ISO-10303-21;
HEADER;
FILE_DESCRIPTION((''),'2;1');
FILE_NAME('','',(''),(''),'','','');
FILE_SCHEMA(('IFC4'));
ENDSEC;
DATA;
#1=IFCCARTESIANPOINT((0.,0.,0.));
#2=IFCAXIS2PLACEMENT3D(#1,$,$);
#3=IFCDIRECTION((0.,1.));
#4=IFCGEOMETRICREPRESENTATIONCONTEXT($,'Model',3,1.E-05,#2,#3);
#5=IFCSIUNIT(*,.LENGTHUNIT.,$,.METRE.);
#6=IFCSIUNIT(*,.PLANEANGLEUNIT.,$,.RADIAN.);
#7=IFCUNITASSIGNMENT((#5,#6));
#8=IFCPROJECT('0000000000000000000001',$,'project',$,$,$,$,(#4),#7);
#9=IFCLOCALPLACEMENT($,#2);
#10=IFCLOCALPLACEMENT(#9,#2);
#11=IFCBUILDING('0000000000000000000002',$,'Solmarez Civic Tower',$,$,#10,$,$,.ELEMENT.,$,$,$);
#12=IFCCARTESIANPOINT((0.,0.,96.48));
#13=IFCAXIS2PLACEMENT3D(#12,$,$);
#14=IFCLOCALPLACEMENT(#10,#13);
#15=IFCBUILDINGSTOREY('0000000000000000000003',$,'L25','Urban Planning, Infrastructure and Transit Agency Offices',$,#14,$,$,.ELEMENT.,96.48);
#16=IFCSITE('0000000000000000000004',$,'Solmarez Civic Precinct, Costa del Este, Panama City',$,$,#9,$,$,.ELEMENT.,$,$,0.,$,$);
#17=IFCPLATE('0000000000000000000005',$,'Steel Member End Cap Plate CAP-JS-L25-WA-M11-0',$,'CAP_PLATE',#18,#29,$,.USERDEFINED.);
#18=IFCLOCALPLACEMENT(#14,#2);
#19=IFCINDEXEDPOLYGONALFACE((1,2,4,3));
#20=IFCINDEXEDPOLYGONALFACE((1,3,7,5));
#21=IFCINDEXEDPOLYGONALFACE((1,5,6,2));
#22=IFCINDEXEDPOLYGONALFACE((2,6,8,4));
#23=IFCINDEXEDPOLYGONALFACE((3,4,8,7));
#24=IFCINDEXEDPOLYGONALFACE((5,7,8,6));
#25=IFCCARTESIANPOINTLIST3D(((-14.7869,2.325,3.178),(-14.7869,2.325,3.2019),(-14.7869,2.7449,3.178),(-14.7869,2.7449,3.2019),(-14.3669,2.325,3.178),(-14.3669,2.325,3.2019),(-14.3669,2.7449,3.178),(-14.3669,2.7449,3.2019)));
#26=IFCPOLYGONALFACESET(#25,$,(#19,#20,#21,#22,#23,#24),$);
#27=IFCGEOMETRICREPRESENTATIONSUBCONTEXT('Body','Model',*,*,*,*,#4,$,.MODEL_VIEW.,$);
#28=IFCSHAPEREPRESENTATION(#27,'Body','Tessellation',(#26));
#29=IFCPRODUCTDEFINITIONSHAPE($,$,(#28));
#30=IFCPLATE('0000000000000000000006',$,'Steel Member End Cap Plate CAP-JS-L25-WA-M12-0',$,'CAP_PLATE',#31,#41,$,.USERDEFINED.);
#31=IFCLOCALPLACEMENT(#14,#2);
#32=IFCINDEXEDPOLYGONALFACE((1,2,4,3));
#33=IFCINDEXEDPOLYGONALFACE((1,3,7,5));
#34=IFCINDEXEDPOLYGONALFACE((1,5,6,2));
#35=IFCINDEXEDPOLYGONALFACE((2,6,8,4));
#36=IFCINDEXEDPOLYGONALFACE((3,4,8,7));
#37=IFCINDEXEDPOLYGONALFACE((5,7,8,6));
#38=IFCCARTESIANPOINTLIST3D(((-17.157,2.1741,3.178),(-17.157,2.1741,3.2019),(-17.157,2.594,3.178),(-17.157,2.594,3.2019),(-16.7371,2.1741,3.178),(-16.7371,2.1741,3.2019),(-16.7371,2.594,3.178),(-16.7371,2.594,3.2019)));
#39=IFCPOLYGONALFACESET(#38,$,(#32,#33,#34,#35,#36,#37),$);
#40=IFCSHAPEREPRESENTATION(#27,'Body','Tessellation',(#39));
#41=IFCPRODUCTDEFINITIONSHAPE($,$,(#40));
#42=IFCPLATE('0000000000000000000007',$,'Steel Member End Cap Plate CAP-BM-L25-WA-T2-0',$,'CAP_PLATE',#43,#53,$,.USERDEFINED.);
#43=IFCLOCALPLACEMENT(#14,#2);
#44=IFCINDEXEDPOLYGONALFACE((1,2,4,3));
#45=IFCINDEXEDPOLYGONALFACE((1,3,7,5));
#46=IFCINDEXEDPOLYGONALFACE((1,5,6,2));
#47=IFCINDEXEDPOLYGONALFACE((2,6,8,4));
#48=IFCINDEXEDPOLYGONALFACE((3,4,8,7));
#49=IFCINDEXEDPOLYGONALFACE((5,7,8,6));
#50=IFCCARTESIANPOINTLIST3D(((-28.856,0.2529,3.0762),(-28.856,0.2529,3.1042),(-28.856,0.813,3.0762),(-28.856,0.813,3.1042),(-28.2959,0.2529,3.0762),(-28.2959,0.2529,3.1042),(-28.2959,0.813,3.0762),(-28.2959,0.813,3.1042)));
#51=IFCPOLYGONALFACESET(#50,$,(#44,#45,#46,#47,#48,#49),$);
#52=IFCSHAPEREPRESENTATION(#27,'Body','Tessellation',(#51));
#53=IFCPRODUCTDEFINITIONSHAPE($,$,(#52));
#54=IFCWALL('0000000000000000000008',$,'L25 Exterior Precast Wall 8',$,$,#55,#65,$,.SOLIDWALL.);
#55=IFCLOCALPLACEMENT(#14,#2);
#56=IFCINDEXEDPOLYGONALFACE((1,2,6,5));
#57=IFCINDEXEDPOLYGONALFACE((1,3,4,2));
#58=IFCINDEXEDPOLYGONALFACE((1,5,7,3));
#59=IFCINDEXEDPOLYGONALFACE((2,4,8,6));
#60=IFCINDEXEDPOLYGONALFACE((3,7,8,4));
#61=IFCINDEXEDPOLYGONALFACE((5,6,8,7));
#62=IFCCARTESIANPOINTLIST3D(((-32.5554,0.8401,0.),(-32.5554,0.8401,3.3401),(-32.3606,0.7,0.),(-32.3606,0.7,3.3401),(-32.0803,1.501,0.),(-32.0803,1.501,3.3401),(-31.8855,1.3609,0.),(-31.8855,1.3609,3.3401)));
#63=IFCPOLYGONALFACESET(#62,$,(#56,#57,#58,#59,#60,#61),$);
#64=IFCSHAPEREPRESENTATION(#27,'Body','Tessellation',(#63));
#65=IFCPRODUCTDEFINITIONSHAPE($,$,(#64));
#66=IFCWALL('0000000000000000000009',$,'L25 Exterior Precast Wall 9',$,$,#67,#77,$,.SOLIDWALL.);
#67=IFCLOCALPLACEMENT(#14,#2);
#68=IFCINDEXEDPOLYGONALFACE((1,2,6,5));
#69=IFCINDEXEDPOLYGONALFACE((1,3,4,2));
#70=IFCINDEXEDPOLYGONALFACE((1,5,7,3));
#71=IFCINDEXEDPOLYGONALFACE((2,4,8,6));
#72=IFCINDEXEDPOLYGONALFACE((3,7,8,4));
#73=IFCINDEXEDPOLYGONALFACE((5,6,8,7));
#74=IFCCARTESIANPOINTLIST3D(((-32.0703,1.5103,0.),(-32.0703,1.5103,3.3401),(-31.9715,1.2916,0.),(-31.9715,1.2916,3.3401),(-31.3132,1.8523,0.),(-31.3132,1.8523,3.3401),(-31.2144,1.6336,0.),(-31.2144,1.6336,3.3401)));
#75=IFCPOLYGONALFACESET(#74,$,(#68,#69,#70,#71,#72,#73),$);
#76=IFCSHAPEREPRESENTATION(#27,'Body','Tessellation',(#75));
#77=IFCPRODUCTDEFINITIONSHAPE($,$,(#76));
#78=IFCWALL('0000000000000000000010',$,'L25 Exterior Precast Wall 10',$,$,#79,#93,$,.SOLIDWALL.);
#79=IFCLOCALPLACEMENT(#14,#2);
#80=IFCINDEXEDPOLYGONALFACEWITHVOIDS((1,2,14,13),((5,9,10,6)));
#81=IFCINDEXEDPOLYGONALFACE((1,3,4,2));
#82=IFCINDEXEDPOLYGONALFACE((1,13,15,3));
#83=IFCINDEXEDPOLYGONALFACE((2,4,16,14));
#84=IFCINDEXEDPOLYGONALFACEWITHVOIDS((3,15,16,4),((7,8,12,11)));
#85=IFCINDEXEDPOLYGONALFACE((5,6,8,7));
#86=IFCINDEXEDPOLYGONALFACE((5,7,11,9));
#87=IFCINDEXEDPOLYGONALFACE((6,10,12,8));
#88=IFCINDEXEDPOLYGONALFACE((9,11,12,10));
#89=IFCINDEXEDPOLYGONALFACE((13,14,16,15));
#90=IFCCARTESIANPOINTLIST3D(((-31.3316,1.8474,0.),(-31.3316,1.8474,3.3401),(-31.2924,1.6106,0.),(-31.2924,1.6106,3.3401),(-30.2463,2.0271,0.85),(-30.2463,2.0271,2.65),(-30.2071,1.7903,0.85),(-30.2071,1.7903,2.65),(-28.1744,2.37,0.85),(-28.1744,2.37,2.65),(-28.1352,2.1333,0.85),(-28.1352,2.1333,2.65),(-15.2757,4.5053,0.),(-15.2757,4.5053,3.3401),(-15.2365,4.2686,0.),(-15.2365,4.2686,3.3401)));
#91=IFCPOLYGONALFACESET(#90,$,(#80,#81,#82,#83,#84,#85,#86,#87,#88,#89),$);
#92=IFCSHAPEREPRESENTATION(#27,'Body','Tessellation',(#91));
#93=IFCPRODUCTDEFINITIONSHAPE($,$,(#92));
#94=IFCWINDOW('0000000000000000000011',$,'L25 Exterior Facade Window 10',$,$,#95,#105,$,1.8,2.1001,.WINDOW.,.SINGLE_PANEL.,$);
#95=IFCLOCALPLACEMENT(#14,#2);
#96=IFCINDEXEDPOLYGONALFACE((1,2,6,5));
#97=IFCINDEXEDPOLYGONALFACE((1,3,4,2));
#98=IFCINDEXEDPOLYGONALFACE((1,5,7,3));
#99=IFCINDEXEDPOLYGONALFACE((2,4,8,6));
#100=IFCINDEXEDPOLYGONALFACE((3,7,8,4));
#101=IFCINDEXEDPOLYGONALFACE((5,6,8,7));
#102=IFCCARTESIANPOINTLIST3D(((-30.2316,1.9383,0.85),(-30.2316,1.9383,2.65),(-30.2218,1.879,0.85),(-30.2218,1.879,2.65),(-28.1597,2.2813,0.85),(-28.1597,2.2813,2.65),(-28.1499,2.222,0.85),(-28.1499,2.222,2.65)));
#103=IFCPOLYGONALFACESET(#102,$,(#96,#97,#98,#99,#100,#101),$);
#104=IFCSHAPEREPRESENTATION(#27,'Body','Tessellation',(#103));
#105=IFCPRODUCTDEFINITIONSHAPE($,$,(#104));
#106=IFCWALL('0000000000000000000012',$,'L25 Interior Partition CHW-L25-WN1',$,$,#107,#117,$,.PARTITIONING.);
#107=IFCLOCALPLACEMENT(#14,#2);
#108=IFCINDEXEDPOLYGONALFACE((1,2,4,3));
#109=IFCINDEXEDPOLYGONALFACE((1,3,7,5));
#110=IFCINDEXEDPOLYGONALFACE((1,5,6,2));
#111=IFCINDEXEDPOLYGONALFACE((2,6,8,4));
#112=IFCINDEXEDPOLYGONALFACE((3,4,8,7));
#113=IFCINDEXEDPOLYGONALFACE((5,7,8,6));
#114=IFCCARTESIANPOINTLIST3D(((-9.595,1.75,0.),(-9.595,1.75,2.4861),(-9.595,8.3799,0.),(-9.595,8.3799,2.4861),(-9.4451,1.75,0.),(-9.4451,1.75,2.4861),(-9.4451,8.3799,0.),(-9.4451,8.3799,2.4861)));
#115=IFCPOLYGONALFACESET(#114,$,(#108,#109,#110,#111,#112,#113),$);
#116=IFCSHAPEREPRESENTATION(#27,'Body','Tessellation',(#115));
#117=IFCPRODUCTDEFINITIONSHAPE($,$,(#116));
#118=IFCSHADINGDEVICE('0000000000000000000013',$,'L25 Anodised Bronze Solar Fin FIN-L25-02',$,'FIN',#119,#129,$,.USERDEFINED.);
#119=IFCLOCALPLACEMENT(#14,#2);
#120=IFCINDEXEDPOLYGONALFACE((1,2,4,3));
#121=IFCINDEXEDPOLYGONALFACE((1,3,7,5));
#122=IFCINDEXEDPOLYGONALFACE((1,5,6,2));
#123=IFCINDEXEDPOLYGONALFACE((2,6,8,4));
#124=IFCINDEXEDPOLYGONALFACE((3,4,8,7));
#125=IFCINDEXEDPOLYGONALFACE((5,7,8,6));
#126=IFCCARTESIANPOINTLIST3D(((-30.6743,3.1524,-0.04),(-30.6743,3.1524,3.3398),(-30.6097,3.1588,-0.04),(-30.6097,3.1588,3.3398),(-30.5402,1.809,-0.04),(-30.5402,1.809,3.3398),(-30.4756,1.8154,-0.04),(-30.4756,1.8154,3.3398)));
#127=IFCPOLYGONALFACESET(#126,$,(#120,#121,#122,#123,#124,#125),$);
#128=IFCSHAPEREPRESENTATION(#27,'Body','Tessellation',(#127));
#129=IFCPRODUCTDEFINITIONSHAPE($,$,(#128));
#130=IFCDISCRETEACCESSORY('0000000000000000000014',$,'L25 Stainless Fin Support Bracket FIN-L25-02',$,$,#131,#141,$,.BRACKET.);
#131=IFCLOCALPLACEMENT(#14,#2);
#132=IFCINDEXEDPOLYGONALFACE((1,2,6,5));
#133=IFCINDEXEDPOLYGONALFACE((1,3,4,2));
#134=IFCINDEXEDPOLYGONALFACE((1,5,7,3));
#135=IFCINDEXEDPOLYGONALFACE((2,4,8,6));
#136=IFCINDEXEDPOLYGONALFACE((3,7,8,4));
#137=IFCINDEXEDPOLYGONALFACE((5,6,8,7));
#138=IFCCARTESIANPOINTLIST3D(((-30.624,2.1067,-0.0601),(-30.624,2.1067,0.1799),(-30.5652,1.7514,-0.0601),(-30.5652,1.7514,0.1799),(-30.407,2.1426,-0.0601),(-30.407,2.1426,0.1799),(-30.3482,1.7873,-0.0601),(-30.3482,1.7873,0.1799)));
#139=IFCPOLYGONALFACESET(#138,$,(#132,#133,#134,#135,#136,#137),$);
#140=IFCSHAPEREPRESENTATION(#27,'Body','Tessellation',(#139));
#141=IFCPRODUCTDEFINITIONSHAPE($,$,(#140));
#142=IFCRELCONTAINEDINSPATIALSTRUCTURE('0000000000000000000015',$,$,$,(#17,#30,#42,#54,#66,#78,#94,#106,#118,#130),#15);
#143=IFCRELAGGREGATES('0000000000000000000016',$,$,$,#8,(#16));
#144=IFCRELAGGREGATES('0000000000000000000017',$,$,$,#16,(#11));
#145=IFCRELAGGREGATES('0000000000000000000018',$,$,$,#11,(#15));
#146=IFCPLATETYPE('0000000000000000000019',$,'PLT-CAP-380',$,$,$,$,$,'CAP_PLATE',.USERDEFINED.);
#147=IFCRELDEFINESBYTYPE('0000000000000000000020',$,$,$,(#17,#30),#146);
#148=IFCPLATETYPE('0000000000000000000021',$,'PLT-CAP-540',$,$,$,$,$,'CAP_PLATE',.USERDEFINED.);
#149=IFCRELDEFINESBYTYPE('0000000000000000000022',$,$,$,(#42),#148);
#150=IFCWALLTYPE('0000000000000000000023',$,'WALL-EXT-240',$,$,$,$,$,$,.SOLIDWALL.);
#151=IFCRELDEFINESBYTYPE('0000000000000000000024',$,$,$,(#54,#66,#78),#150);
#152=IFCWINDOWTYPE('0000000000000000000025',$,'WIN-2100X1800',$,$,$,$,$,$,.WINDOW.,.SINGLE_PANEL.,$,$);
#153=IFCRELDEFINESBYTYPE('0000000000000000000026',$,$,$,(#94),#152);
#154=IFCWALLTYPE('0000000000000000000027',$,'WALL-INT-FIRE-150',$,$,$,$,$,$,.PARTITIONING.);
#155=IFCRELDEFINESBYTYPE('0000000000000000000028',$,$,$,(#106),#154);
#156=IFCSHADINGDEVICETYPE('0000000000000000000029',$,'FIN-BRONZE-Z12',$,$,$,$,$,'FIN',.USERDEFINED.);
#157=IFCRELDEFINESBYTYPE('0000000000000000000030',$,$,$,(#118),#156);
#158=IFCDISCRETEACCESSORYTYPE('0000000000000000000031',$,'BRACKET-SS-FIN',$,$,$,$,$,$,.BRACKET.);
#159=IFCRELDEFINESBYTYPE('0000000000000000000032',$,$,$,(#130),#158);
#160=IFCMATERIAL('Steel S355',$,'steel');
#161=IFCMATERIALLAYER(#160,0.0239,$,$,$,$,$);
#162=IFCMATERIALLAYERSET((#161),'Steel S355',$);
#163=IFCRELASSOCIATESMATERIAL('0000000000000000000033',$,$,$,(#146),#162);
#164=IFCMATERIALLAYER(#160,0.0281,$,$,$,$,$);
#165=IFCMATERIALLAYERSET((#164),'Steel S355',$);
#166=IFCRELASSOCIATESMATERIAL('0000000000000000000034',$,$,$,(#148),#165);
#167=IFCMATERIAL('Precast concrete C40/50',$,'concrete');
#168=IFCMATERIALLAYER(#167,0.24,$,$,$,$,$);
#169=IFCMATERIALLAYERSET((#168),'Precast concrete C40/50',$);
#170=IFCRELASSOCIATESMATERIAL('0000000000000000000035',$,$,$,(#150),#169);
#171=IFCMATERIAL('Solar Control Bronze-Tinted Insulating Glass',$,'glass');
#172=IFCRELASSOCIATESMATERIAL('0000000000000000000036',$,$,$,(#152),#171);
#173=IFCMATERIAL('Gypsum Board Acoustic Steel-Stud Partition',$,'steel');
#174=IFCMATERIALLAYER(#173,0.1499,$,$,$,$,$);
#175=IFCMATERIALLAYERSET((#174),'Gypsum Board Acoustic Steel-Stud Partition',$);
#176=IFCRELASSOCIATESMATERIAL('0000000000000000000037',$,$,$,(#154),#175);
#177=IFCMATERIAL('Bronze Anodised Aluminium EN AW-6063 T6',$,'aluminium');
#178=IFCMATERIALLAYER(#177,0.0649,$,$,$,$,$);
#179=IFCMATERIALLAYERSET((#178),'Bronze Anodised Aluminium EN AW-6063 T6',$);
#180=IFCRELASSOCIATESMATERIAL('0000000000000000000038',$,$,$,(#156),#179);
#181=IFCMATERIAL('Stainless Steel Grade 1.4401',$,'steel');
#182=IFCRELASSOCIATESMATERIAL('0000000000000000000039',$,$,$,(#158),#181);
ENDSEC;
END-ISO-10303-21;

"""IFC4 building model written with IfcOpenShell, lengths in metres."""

from ifc_helpers import new_model, si_unit, direction, frame, frame_2d, origin, origin_2d, place, context, subcontext, project, spatial, rectangle, extrude, material, layer, layer_set, type_object, element, fill, save


model = new_model("IFC4")

# Units and contexts
model_context = context("Model", 3, precision=1e-05, world=origin(), true_north=direction((0.0, 1.0)))
body_context = subcontext(model_context, "Body", "Model", "MODEL_VIEW")
ifc_project = project(units=[si_unit("LENGTHUNIT", "METRE"), si_unit("PLANEANGLEUNIT", "RADIAN")], contexts=[model_context])

# Site, building, storey
site_placement = place(None, origin())
site = spatial("IfcSite", under=ifc_project, at=site_placement, Name="Solmarez Civic Precinct, Costa del Este, Panama City", CompositionType="ELEMENT", RefElevation=0.0)
building_placement = place(site_placement, origin())
building = spatial("IfcBuilding", under=site, at=building_placement, Name="Solmarez Civic Tower", CompositionType="ELEMENT")
storey_placement = place(building_placement, frame((0.0, 0.0, 96.48)))
storey = spatial("IfcBuildingStorey", under=building, at=storey_placement, Name="L25", Description="Urban Planning, Infrastructure and Transit Agency Offices", CompositionType="ELEMENT", Elevation=96.48)

# Shared definitions
ifc_material_1 = material(Name="Steel S355", Category="steel")

# Plates
ifc_layer_1 = layer(ifc_material_1, 0.0239)
ifc_layer_set_1 = layer_set([ifc_layer_1], Name="Steel S355")
plate_type_1 = type_object("IfcPlateType", Name="PLT-CAP-380", ElementType="CAP_PLATE", PredefinedType="USERDEFINED", material=ifc_layer_set_1)
for number, where, z_axis, x_axis, name in (
    (1, (-14.5769, 2.5349, 3.178), (0.0, 0.0, 1.0), (1.0, 0.0, 0.0), "Steel Member End Cap Plate CAP-JS-L25-WA-M11-0"),
    (2, (-16.947, 2.384, 3.178), (0.0, 0.0, 1.0), (1.0, 0.0, 0.0), "Steel Member End Cap Plate CAP-JS-L25-WA-M12-0"),
):
    element("IfcPlate", number, at=place(storey_placement, frame(where, z_axis=z_axis, x_axis=x_axis)), inside=storey, type_object=plate_type_1, Name=name, ObjectType="CAP_PLATE", PredefinedType="USERDEFINED", context=body_context, shape_type="SweptSolid", body=[
        extrude(rectangle(XDim=0.4199, YDim=0.4199, at=origin_2d()), origin(), (0.0, 0.0, 1.0), 0.0239),
    ])
ifc_layer_2 = layer(ifc_material_1, 0.0281)
ifc_layer_set_2 = layer_set([ifc_layer_2], Name="Steel S355")
plate_type_2 = type_object("IfcPlateType", Name="PLT-CAP-540", ElementType="CAP_PLATE", PredefinedType="USERDEFINED", material=ifc_layer_set_2)
plate_placement = place(storey_placement, frame((-28.5759, 0.533, 3.0762), z_axis=(0.0, 0.0, 1.0), x_axis=(1.0, 0.0, 0.0)))
element("IfcPlate", 3, at=plate_placement, inside=storey, type_object=plate_type_2, Name="Steel Member End Cap Plate CAP-BM-L25-WA-T2-0", ObjectType="CAP_PLATE", PredefinedType="USERDEFINED", context=body_context, shape_type="SweptSolid", body=[
    extrude(rectangle(XDim=0.5601, YDim=0.5601, at=origin_2d()), origin(), (0.0, 0.0, 1.0), 0.0281),
])

# Walls
ifc_material_2 = material(Name="Precast concrete C40/50", Category="concrete")
ifc_layer_3 = layer(ifc_material_2, 0.24)
ifc_layer_set_3 = layer_set([ifc_layer_3], Name="Precast concrete C40/50")
wall_type_1 = type_object("IfcWallType", Name="WALL-EXT-240", PredefinedType="SOLIDWALL", material=ifc_layer_set_3)
wall_1_placement = place(storey_placement, frame((-32.458, 0.77, 0.0), z_axis=(0.0, 0.0, 1.0), x_axis=(0.583704, 0.811967, 0.0)))
element("IfcWall", 4, at=wall_1_placement, inside=storey, type_object=wall_type_1, Name="L25 Exterior Precast Wall 8", PredefinedType="SOLIDWALL", context=body_context, shape_type="SweptSolid", body=[
    extrude(rectangle(XDim=0.814, YDim=0.24, at=frame_2d((0.407, 0.0))), origin(), (0.0, 0.0, 1.0), 3.3401),
])
wall_2_placement = place(storey_placement, frame((-32.021, 1.4009, 0.0), z_axis=(0.0, 0.0, 1.0), x_axis=(0.91131, 0.411721, 0.0)))
element("IfcWall", 5, at=wall_2_placement, inside=storey, type_object=wall_type_1, Name="L25 Exterior Precast Wall 9", PredefinedType="SOLIDWALL", context=body_context, shape_type="SweptSolid", body=[
    extrude(rectangle(XDim=0.8308, YDim=0.24, at=frame_2d((0.4155, 0.0))), origin(), (0.0, 0.0, 1.0), 3.3401),
])

# Wall, opening, window
wall_3_placement = place(storey_placement, frame((-31.312, 1.729, 0.0), z_axis=(0.0, 0.0, 1.0), x_axis=(0.986573, 0.163321, 0.0)))
wall_3 = element("IfcWall", 6, at=wall_3_placement, inside=storey, type_object=wall_type_1, Name="L25 Exterior Precast Wall 10", PredefinedType="SOLIDWALL", context=body_context, shape_type="SweptSolid", body=[
    extrude(rectangle(XDim=16.2744, YDim=0.24, at=frame_2d((8.1372, 0.0))), origin(), (0.0, 0.0, 1.0), 3.3401),
])
opening_placement = place(wall_3_placement, frame((1.1001, 0.0, 0.8501)))
opening = element("IfcOpeningElement", 7, at=opening_placement, cuts=wall_3, PredefinedType="OPENING", context=body_context, shape_type="SweptSolid", body=[
    extrude(rectangle(XDim=2.1001, YDim=1.8, at=frame_2d((1.05, 0.8999))), frame((0.0, 0.1299, 0.0), z_axis=(0.0, -1.0, 0.0), x_axis=(1.0, 0.0, 0.0)), (0.0, 0.0, 1.0), 0.26),
])
ifc_material_3 = material(Name="Solar Control Bronze-Tinted Insulating Glass", Category="glass")
window_type = type_object("IfcWindowType", Name="WIN-2100X1800", PartitioningType="SINGLE_PANEL", PredefinedType="WINDOW", material=ifc_material_3)
window_placement = place(opening_placement, origin())
window = element("IfcWindow", 8, at=window_placement, inside=storey, type_object=window_type, Name="L25 Exterior Facade Window 10", OverallHeight=1.8, OverallWidth=2.1001, PartitioningType="SINGLE_PANEL", PredefinedType="WINDOW", context=body_context, shape_type="SweptSolid", body=[
    extrude(rectangle(XDim=2.1001, YDim=1.8, at=frame_2d((1.05, 0.8999))), frame((0.0, 0.03, 0.0), z_axis=(0.0, -1.0, 0.0), x_axis=(1.0, 0.0, 0.0)), (0.0, 0.0, 1.0), 0.0601),
])
fill(opening, window)

# Wall
ifc_material_4 = material(Name="Gypsum Board Acoustic Steel-Stud Partition", Category="steel")
ifc_layer_4 = layer(ifc_material_4, 0.1499)
ifc_layer_set_4 = layer_set([ifc_layer_4], Name="Gypsum Board Acoustic Steel-Stud Partition")
wall_type_2 = type_object("IfcWallType", Name="WALL-INT-FIRE-150", PredefinedType="PARTITIONING", material=ifc_layer_set_4)
wall_4_placement = place(storey_placement, frame((-9.52, 1.75, 0.0), z_axis=(0.0, 0.0, 1.0), x_axis=(0.0, 1.0, 0.0)))
element("IfcWall", 9, at=wall_4_placement, inside=storey, type_object=wall_type_2, Name="L25 Interior Partition CHW-L25-WN1", PredefinedType="PARTITIONING", context=body_context, shape_type="SweptSolid", body=[
    extrude(rectangle(XDim=6.6299, YDim=0.1499, at=frame_2d((3.3149, 0.0))), origin(), (0.0, 0.0, 1.0), 2.4861),
])

# Shading device
ifc_material_5 = material(Name="Bronze Anodised Aluminium EN AW-6063 T6", Category="aluminium")
ifc_layer_5 = layer(ifc_material_5, 0.0649)
ifc_layer_set_5 = layer_set([ifc_layer_5], Name="Bronze Anodised Aluminium EN AW-6063 T6")
shading_device_type = type_object("IfcShadingDeviceType", Name="FIN-BRONZE-Z12", ElementType="FIN", PredefinedType="USERDEFINED", material=ifc_layer_set_5)
shading_device_placement = place(storey_placement, frame((-30.575, 2.4839, -0.04), z_axis=(0.0, 0.0, 1.0), x_axis=(-0.099372, 0.99505, 0.0)))
element("IfcShadingDevice", 10, at=shading_device_placement, inside=storey, type_object=shading_device_type, Name="L25 Anodised Bronze Solar Fin FIN-L25-02", ObjectType="FIN", PredefinedType="USERDEFINED", context=body_context, shape_type="SweptSolid", body=[
    extrude(rectangle(XDim=1.3501, YDim=0.0649, at=origin_2d()), origin(), (0.0, 0.0, 1.0), 3.3799),
])

# Discrete accessory
ifc_material_6 = material(Name="Stainless Steel Grade 1.4401", Category="steel")
discrete_accessory_type = type_object("IfcDiscreteAccessoryType", Name="BRACKET-SS-FIN", PredefinedType="BRACKET", material=ifc_material_6)
discrete_accessory_placement = place(storey_placement, frame((-30.4861, 1.947, -0.0601), z_axis=(0.0, 0.0, 1.0), x_axis=(-0.163315, 0.986574, 0.0)))
element("IfcDiscreteAccessory", 11, at=discrete_accessory_placement, inside=storey, type_object=discrete_accessory_type, Name="L25 Stainless Fin Support Bracket FIN-L25-02", PredefinedType="BRACKET", context=body_context, shape_type="SweptSolid", body=[
    extrude(rectangle(XDim=0.3601, YDim=0.22, at=origin_2d()), origin(), (0.0, 0.0, 1.0), 0.24),
])

save(model, "model.ifc")
